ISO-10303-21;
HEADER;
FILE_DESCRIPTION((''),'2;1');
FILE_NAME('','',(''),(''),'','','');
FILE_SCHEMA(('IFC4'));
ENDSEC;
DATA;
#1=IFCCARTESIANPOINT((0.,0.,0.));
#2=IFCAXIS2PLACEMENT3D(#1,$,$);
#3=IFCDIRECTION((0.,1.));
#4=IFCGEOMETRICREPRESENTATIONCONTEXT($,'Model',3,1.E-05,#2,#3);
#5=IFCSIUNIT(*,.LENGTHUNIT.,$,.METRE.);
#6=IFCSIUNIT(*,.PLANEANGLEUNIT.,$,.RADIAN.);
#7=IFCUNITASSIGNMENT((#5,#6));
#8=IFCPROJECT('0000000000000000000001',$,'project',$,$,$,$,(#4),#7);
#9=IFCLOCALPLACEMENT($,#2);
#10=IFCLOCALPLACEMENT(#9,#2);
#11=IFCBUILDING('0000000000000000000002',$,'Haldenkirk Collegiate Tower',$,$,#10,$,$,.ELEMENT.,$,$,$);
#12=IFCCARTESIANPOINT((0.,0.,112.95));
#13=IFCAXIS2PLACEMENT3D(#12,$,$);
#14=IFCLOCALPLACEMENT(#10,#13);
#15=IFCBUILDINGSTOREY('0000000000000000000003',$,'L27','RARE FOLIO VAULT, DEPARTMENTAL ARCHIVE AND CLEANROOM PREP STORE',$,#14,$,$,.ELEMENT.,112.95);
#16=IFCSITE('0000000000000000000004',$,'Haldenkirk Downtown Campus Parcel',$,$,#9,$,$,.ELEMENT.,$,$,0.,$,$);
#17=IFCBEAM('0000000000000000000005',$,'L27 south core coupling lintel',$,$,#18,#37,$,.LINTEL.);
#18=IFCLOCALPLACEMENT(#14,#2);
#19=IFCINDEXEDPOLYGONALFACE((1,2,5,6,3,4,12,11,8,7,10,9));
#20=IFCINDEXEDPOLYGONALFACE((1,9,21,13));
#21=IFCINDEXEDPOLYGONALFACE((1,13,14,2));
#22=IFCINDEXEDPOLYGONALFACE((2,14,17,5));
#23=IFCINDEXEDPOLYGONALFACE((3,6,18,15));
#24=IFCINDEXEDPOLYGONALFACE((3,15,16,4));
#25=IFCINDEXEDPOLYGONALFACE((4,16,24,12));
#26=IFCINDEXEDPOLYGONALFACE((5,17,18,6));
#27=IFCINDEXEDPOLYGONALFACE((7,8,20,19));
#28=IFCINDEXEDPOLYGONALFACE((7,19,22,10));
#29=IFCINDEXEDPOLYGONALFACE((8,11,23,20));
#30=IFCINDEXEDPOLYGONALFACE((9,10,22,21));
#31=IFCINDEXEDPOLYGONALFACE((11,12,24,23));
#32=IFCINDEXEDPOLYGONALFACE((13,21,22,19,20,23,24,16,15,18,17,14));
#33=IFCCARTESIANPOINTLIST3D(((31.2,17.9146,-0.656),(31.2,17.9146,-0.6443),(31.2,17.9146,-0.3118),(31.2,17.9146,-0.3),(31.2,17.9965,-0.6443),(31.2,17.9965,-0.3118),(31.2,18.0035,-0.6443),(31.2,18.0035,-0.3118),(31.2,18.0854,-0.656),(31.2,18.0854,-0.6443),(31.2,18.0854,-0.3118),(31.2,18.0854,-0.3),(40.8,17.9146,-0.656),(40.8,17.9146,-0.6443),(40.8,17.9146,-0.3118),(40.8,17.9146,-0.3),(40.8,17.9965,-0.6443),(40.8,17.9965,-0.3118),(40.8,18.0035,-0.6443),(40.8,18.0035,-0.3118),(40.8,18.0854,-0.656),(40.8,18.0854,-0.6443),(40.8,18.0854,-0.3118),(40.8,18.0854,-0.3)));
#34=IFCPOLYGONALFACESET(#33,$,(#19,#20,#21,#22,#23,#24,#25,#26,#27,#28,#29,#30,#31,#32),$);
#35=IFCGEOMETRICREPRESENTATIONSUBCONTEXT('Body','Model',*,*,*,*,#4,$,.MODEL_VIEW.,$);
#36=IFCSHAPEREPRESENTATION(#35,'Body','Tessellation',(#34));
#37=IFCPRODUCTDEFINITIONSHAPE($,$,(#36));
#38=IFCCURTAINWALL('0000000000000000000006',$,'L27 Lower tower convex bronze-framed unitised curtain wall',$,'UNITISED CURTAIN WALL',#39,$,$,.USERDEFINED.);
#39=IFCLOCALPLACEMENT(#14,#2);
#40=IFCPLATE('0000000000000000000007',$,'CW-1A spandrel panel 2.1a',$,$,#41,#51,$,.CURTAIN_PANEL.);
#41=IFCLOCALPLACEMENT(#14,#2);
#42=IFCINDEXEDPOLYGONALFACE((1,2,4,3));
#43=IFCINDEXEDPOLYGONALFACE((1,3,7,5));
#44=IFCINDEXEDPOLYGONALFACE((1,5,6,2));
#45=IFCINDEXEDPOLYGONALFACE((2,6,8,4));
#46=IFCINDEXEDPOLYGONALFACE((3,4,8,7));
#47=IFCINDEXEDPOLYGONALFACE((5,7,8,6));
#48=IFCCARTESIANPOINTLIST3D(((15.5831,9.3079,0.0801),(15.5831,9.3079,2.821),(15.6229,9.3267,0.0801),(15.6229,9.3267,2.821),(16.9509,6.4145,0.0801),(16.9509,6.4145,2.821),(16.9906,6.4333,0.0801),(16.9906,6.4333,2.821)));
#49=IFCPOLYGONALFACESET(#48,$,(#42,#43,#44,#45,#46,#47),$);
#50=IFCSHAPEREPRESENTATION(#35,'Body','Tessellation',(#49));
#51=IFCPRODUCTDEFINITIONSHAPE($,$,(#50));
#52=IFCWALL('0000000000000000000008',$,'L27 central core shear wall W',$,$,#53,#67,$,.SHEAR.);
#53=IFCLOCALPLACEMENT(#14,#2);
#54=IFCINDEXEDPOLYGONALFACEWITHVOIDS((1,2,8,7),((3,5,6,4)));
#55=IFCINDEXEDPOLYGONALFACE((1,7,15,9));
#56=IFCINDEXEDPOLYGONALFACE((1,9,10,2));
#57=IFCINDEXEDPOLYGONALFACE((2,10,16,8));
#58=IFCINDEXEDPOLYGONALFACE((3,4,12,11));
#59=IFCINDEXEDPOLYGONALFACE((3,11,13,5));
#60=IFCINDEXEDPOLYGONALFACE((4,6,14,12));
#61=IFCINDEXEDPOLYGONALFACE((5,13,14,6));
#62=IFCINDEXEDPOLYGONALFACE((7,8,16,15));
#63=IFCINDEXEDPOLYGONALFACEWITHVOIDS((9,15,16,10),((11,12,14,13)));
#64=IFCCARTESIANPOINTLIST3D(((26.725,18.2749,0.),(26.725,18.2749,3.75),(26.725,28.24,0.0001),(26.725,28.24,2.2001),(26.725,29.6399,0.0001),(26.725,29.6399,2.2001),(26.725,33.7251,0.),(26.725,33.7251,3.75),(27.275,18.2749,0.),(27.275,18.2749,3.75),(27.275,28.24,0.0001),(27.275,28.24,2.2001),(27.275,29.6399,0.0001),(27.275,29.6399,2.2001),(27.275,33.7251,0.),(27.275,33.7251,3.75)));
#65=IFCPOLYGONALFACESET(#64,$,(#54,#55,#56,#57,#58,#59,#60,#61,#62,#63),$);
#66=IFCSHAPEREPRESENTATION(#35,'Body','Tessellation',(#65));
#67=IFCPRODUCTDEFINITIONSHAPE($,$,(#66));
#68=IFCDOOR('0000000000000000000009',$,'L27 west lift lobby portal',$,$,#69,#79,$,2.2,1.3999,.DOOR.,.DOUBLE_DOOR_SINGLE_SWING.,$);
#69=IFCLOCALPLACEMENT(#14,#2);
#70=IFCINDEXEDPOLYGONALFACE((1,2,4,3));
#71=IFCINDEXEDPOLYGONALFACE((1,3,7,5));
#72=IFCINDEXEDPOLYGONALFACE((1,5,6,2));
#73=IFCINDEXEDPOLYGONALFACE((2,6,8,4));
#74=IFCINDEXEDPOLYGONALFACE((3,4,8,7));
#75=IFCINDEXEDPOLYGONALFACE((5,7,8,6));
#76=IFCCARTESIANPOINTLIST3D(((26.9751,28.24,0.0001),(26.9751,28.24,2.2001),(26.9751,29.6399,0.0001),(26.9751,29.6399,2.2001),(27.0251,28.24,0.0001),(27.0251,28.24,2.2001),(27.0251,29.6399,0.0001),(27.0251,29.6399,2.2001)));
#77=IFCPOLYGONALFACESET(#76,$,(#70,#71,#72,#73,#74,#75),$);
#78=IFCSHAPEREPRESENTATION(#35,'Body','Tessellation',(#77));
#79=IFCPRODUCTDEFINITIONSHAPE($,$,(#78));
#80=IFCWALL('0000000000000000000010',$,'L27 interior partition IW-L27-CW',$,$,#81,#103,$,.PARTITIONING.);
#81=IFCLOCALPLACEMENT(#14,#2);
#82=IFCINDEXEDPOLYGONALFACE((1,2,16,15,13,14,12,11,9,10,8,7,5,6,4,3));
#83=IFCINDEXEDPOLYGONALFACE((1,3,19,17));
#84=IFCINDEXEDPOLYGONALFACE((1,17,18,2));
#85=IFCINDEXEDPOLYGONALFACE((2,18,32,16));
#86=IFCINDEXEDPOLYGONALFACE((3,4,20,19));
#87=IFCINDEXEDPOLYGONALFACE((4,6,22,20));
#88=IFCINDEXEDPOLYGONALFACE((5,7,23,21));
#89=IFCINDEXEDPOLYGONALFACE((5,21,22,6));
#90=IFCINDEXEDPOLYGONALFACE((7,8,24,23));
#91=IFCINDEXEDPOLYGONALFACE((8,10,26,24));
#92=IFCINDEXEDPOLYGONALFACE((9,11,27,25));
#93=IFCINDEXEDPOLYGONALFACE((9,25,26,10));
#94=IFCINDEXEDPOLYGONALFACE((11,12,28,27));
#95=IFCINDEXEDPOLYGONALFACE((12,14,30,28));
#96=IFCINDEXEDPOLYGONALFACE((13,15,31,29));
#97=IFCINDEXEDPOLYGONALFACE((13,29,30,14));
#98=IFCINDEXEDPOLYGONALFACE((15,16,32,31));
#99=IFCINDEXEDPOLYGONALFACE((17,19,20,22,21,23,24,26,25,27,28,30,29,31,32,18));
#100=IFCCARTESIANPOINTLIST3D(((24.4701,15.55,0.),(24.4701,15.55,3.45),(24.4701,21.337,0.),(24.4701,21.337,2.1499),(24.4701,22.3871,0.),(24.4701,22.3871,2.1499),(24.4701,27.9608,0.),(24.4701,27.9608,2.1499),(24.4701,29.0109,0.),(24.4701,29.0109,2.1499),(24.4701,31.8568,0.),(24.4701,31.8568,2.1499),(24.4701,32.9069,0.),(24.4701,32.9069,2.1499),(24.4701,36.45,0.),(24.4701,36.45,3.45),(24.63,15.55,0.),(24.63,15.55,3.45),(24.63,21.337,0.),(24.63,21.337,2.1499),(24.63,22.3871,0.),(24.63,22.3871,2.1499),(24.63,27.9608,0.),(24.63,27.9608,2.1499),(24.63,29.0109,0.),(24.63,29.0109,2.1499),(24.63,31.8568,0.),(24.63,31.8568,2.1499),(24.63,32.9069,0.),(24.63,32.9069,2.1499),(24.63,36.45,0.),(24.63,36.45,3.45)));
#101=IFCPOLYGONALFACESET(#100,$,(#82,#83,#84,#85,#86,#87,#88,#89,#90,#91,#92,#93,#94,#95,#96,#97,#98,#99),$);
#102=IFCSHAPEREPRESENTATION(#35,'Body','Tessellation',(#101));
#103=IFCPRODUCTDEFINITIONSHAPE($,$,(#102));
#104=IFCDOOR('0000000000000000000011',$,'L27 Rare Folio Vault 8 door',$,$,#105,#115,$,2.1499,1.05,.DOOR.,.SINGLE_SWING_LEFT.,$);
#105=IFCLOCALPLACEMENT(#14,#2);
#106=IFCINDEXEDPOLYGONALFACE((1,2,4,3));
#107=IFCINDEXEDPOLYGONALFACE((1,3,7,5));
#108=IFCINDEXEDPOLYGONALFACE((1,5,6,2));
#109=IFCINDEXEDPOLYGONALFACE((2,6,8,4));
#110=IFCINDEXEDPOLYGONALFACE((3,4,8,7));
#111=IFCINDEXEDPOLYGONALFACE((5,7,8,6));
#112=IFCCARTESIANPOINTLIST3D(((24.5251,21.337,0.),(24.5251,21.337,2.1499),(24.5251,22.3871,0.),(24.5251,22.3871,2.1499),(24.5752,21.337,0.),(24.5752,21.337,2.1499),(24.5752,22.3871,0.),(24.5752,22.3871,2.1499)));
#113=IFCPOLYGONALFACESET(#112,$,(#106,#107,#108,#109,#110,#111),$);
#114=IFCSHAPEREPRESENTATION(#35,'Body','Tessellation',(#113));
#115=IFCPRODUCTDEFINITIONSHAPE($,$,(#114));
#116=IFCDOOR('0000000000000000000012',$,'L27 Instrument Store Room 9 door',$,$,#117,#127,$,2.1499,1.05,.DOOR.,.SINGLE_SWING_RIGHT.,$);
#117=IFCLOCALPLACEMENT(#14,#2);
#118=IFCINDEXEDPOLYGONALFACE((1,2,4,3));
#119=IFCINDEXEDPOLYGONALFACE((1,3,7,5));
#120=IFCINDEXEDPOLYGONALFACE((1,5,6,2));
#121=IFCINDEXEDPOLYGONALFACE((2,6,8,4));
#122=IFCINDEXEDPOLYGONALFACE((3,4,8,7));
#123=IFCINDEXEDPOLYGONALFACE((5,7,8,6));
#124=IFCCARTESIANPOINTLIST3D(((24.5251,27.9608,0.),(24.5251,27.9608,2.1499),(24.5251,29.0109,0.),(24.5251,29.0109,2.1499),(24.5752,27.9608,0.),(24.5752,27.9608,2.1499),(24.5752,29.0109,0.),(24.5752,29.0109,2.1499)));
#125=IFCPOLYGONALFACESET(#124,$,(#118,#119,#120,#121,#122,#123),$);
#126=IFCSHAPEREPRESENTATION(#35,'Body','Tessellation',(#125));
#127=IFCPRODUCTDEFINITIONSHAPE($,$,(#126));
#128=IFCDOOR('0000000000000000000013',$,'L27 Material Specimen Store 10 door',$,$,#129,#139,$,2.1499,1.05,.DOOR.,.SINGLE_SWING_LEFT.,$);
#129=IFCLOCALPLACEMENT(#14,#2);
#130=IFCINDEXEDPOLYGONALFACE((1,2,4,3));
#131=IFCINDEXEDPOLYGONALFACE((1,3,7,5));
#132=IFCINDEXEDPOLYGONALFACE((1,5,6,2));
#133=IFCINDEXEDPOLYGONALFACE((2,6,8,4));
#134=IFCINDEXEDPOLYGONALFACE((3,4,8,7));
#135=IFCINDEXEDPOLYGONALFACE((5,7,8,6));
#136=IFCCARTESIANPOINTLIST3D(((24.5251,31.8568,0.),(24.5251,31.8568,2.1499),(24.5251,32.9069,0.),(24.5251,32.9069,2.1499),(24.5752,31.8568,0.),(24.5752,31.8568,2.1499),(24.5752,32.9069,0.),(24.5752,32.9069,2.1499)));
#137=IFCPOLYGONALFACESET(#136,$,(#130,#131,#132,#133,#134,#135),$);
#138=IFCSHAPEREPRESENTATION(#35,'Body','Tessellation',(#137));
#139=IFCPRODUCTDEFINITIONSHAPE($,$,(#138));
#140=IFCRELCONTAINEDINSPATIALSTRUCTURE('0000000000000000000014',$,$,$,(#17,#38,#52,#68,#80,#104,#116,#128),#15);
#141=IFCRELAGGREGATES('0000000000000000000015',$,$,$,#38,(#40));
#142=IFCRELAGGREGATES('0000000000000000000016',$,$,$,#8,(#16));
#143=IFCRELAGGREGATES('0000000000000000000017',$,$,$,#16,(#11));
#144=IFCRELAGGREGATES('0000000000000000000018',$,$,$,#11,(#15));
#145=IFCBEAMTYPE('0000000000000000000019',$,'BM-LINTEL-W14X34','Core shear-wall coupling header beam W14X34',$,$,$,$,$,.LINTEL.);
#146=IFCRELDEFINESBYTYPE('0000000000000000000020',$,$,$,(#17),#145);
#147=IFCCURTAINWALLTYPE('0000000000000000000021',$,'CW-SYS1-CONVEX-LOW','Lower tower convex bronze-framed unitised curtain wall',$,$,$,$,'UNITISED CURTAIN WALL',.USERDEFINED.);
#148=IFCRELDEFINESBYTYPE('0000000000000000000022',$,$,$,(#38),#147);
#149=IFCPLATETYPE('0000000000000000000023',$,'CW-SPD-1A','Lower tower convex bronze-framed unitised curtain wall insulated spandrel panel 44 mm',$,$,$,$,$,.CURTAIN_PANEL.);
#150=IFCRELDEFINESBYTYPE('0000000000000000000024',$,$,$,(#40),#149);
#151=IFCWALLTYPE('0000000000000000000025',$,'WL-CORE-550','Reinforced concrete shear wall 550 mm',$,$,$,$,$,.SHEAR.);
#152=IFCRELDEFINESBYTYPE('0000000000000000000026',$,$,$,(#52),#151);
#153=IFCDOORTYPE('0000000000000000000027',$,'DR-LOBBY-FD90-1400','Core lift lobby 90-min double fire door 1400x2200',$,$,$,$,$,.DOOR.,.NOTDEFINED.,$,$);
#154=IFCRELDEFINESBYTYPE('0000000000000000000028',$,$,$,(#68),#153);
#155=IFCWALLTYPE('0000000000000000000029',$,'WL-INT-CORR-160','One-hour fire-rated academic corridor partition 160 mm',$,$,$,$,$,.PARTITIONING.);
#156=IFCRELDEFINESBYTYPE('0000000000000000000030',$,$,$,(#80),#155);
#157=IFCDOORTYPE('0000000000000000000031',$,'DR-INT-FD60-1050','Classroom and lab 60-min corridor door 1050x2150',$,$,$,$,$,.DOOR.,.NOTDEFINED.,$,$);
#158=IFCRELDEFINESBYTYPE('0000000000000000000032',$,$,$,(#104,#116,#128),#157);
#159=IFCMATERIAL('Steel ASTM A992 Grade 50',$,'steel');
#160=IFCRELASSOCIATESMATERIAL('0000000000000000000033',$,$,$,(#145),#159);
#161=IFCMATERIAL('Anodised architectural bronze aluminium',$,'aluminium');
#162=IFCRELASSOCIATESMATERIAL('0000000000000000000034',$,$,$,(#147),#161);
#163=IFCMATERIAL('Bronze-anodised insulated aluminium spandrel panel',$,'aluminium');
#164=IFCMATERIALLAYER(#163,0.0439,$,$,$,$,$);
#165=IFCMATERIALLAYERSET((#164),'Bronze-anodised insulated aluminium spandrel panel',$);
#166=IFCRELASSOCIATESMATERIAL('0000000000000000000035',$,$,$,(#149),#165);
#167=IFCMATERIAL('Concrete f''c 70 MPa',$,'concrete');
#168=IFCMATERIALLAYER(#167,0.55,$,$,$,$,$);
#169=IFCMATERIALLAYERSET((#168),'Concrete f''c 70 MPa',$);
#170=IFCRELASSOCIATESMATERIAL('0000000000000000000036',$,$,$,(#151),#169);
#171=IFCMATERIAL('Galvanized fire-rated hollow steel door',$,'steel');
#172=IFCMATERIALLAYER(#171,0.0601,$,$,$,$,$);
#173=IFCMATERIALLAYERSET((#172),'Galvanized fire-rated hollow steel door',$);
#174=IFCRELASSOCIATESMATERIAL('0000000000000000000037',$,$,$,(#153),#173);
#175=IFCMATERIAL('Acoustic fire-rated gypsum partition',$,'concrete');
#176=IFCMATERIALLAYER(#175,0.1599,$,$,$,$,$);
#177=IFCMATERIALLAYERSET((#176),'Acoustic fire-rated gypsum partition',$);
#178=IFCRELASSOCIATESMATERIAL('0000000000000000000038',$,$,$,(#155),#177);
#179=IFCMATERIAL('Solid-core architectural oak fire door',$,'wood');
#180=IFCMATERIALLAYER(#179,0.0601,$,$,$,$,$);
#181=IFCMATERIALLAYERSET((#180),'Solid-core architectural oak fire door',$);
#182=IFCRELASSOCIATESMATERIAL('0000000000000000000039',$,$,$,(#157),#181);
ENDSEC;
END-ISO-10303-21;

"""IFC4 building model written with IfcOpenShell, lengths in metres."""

from ifc_helpers import new_model, si_unit, direction, frame, frame_2d, origin, origin_2d, place, context, subcontext, project, spatial, rectangle, i_section, extrude, source, transform, mapped, material, layer, layer_set, material_profile, profile_set, type_object, element, fill, aggregate, save


model = new_model("IFC4")

# Units and contexts
model_context = context("Model", 3, precision=1e-05, world=origin(), true_north=direction((0.0, 1.0)))
body_context = subcontext(model_context, "Body", "Model", "MODEL_VIEW")
ifc_project = project(units=[si_unit("LENGTHUNIT", "METRE"), si_unit("PLANEANGLEUNIT", "RADIAN")], contexts=[model_context])

# Site, building, storey
site_placement = place(None, origin())
site = spatial("IfcSite", under=ifc_project, at=site_placement, Name="Haldenkirk Downtown Campus Parcel", CompositionType="ELEMENT", RefElevation=0.0)
building_placement = place(site_placement, origin())
building = spatial("IfcBuilding", under=site, at=building_placement, Name="Haldenkirk Collegiate Tower", CompositionType="ELEMENT")
storey_placement = place(building_placement, frame((0.0, 0.0, 112.95)))
storey = spatial("IfcBuildingStorey", under=building, at=storey_placement, Name="L27", Description="RARE FOLIO VAULT, DEPARTMENTAL ARCHIVE AND CLEANROOM PREP STORE", CompositionType="ELEMENT", Elevation=112.95)

# Beam
ifc_material_1 = material(Name="Steel ASTM A992 Grade 50", Category="steel")
ifc_material_profile = material_profile(ifc_material_1, i_section(OverallWidth=0.1709, OverallDepth=0.356, WebThickness=0.0071, FlangeThickness=0.0117, at=origin_2d()), Name="W14X34")
ifc_profile_set = profile_set([ifc_material_profile], Name="Steel ASTM A992 Grade 50")
beam_type = type_object("IfcBeamType", Name="BM-LINTEL-W14X34", Description="Core shear-wall coupling header beam W14X34", PredefinedType="LINTEL", material=ifc_profile_set)
beam_placement = place(storey_placement, frame((31.2, 18.0, -0.478), z_axis=(1.0, 0.0, 0.0), x_axis=(0.0, 1.0, 0.0)))
element("IfcBeam", 1, at=beam_placement, inside=storey, type_object=beam_type, Name="L27 south core coupling lintel", PredefinedType="LINTEL", context=body_context, shape_type="SweptSolid", body=[
    extrude(i_section(OverallWidth=0.1709, OverallDepth=0.356, WebThickness=0.0071, FlangeThickness=0.0117, at=origin_2d()), origin(), (0.0, 0.0, 1.0), 9.6001),
])

# Curtain wall, plate
ifc_material_2 = material(Name="Anodised architectural bronze aluminium", Category="aluminium")
curtain_wall_type = type_object("IfcCurtainWallType", Name="CW-SYS1-CONVEX-LOW", Description="Lower tower convex bronze-framed unitised curtain wall", ElementType="UNITISED CURTAIN WALL", PredefinedType="USERDEFINED", material=ifc_material_2)
curtain_wall_placement = place(storey_placement, origin())
curtain_wall = element("IfcCurtainWall", 2, at=curtain_wall_placement, inside=storey, type_object=curtain_wall_type, Name="L27 Lower tower convex bronze-framed unitised curtain wall", ObjectType="UNITISED CURTAIN WALL", PredefinedType="USERDEFINED")
ifc_material_3 = material(Name="Bronze-anodised insulated aluminium spandrel panel", Category="aluminium")
ifc_layer_1 = layer(ifc_material_3, 0.0439)
ifc_layer_set_1 = layer_set([ifc_layer_1], Name="Bronze-anodised insulated aluminium spandrel panel")
plate_type = type_object("IfcPlateType", Name="CW-SPD-1A", Description="Lower tower convex bronze-framed unitised curtain wall insulated spandrel panel 44 mm", PredefinedType="CURTAIN_PANEL", material=ifc_layer_set_1)
shared_shape = source(origin(), body_context, "Body", "SweptSolid", [
    extrude(rectangle(XDim=3.2004, YDim=0.0439, at=origin_2d()), origin(), (0.0, 0.0, 1.0), 2.741),
])
plate_placement = place(storey_placement, frame((16.2869, 7.8706, 0.0801), z_axis=(0.0, 0.0, 1.0), x_axis=(-0.42736, 0.904081, 0.0)))
plate = element("IfcPlate", 3, at=plate_placement, type_object=plate_type, Name="CW-1A spandrel panel 2.1a", PredefinedType="CURTAIN_PANEL", context=body_context, shape_type="MappedRepresentation", body=[
    mapped(shared_shape, transform((0.0, 0.0, 0.0), x_axis=(1.0, 0.0, 0.0), y_axis=(0.0, 1.0, 0.0), z_axis=(0.0, 0.0, 1.0), scale=1.0)),
])
aggregate(curtain_wall, [plate])

# Shared definitions
ifc_material_4 = material(Name="Concrete f'c 70 MPa", Category="concrete")
ifc_layer_2 = layer(ifc_material_4, 0.55)
ifc_layer_set_2 = layer_set([ifc_layer_2], Name="Concrete f'c 70 MPa")
wall_type_1 = type_object("IfcWallType", Name="WL-CORE-550", Description="Reinforced concrete shear wall 550 mm", PredefinedType="SHEAR", material=ifc_layer_set_2)
ifc_material_5 = material(Name="Galvanized fire-rated hollow steel door", Category="steel")

# Wall, opening, door
wall_1_placement = place(storey_placement, frame((27.0, 18.2749, 0.0), z_axis=(0.0, 0.0, 1.0), x_axis=(0.0, 1.0, 0.0)))
wall_1 = element("IfcWall", 4, at=wall_1_placement, inside=storey, type_object=wall_type_1, Name="L27 central core shear wall W", PredefinedType="SHEAR", context=body_context, shape_type="SweptSolid", body=[
    extrude(rectangle(XDim=15.4502, YDim=0.55, at=frame_2d((7.7251, 0.0))), origin(), (0.0, 0.0, 1.0), 3.75),
])
opening_1_placement = place(wall_1_placement, frame((9.9651, 0.0, 0.0)))
opening_1 = element("IfcOpeningElement", 5, at=opening_1_placement, cuts=wall_1, PredefinedType="OPENING", context=body_context, shape_type="SweptSolid", body=[
    extrude(rectangle(XDim=1.3999, YDim=2.2, at=frame_2d((0.7, 1.1001))), frame((0.0, 0.2849, 0.0), z_axis=(0.0, -1.0, 0.0), x_axis=(1.0, 0.0, 0.0)), (0.0, 0.0, 1.0), 0.5701),
])
ifc_layer_3 = layer(ifc_material_5, 0.0601)
ifc_layer_set_3 = layer_set([ifc_layer_3], Name="Galvanized fire-rated hollow steel door")
door_type_1 = type_object("IfcDoorType", Name="DR-LOBBY-FD90-1400", Description="Core lift lobby 90-min double fire door 1400x2200", OperationType="NOTDEFINED", PredefinedType="DOOR", material=ifc_layer_set_3)
door_1_placement = place(opening_1_placement, origin())
door_1 = element("IfcDoor", 6, at=door_1_placement, inside=storey, type_object=door_type_1, Name="L27 west lift lobby portal", OperationType="DOUBLE_DOOR_SINGLE_SWING", OverallHeight=2.2, OverallWidth=1.3999, PredefinedType="DOOR", context=body_context, shape_type="SweptSolid", body=[
    extrude(rectangle(XDim=1.3999, YDim=2.2, at=frame_2d((0.7, 1.1001))), frame((0.0, 0.0249, 0.0), z_axis=(0.0, -1.0, 0.0), x_axis=(1.0, 0.0, 0.0)), (0.0, 0.0, 1.0), 0.05),
])
fill(opening_1, door_1)

# Wall, openings, doors
ifc_material_6 = material(Name="Acoustic fire-rated gypsum partition", Category="concrete")
ifc_layer_4 = layer(ifc_material_6, 0.1599)
ifc_layer_set_4 = layer_set([ifc_layer_4], Name="Acoustic fire-rated gypsum partition")
wall_type_2 = type_object("IfcWallType", Name="WL-INT-CORR-160", Description="One-hour fire-rated academic corridor partition 160 mm", PredefinedType="PARTITIONING", material=ifc_layer_set_4)
ifc_material_7 = material(Name="Solid-core architectural oak fire door", Category="wood")
ifc_layer_5 = layer(ifc_material_7, 0.0601)
ifc_layer_set_5 = layer_set([ifc_layer_5], Name="Solid-core architectural oak fire door")
door_type_2 = type_object("IfcDoorType", Name="DR-INT-FD60-1050", Description="Classroom and lab 60-min corridor door 1050x2150", OperationType="NOTDEFINED", PredefinedType="DOOR", material=ifc_layer_set_5)
wall_2_placement = place(storey_placement, frame((24.55, 15.55, 0.0), z_axis=(0.0, 0.0, 1.0), x_axis=(0.0, 1.0, 0.0)))
wall_2 = element("IfcWall", 7, at=wall_2_placement, inside=storey, type_object=wall_type_2, Name="L27 interior partition IW-L27-CW", PredefinedType="PARTITIONING", context=body_context, shape_type="SweptSolid", body=[
    extrude(rectangle(XDim=20.8999, YDim=0.1599, at=frame_2d((10.45, 0.0))), origin(), (0.0, 0.0, 1.0), 3.45),
])
opening_2_placement = place(wall_2_placement, frame((5.7871, 0.0, 0.0)))
opening_2 = element("IfcOpeningElement", 8, at=opening_2_placement, cuts=wall_2, PredefinedType="OPENING", context=body_context, shape_type="SweptSolid", body=[
    extrude(rectangle(XDim=1.05, YDim=2.1499, at=frame_2d((0.5249, 1.075))), frame((0.0, 0.0898, 0.0), z_axis=(0.0, -1.0, 0.0), x_axis=(1.0, 0.0, 0.0)), (0.0, 0.0, 1.0), 0.1799),
])
opening_3_placement = place(wall_2_placement, frame((12.4109, 0.0, 0.0)))
opening_3 = element("IfcOpeningElement", 9, at=opening_3_placement, cuts=wall_2, PredefinedType="OPENING", context=body_context, shape_type="SweptSolid", body=[
    extrude(rectangle(XDim=1.05, YDim=2.1499, at=frame_2d((0.5249, 1.075))), frame((0.0, 0.0898, 0.0), z_axis=(0.0, -1.0, 0.0), x_axis=(1.0, 0.0, 0.0)), (0.0, 0.0, 1.0), 0.1799),
])
opening_4_placement = place(wall_2_placement, frame((16.3069, 0.0, 0.0)))
opening_4 = element("IfcOpeningElement", 10, at=opening_4_placement, cuts=wall_2, PredefinedType="OPENING", context=body_context, shape_type="SweptSolid", body=[
    extrude(rectangle(XDim=1.05, YDim=2.1499, at=frame_2d((0.5249, 1.075))), frame((0.0, 0.0898, 0.0), z_axis=(0.0, -1.0, 0.0), x_axis=(1.0, 0.0, 0.0)), (0.0, 0.0, 1.0), 0.1799),
])
door_2_placement = place(opening_2_placement, origin())
door_2 = element("IfcDoor", 11, at=door_2_placement, inside=storey, type_object=door_type_2, Name="L27 Rare Folio Vault 8 door", OperationType="SINGLE_SWING_LEFT", OverallHeight=2.1499, OverallWidth=1.05, PredefinedType="DOOR", context=body_context, shape_type="SweptSolid", body=[
    extrude(rectangle(XDim=1.05, YDim=2.1499, at=frame_2d((0.5249, 1.075))), frame((0.0, 0.0249, 0.0), z_axis=(0.0, -1.0, 0.0), x_axis=(1.0, 0.0, 0.0)), (0.0, 0.0, 1.0), 0.05),
])
fill(opening_2, door_2)
door_3_placement = place(opening_3_placement, origin())
door_3 = element("IfcDoor", 12, at=door_3_placement, inside=storey, type_object=door_type_2, Name="L27 Instrument Store Room 9 door", OperationType="SINGLE_SWING_RIGHT", OverallHeight=2.1499, OverallWidth=1.05, PredefinedType="DOOR", context=body_context, shape_type="SweptSolid", body=[
    extrude(rectangle(XDim=1.05, YDim=2.1499, at=frame_2d((0.5249, 1.075))), frame((0.0, 0.0249, 0.0), z_axis=(0.0, -1.0, 0.0), x_axis=(1.0, 0.0, 0.0)), (0.0, 0.0, 1.0), 0.05),
])
fill(opening_3, door_3)
door_4_placement = place(opening_4_placement, origin())
door_4 = element("IfcDoor", 13, at=door_4_placement, inside=storey, type_object=door_type_2, Name="L27 Material Specimen Store 10 door", OperationType="SINGLE_SWING_LEFT", OverallHeight=2.1499, OverallWidth=1.05, PredefinedType="DOOR", context=body_context, shape_type="SweptSolid", body=[
    extrude(rectangle(XDim=1.05, YDim=2.1499, at=frame_2d((0.5249, 1.075))), frame((0.0, 0.0249, 0.0), z_axis=(0.0, -1.0, 0.0), x_axis=(1.0, 0.0, 0.0)), (0.0, 0.0, 1.0), 0.05),
])
fill(opening_4, door_4)

save(model, "model.ifc")
